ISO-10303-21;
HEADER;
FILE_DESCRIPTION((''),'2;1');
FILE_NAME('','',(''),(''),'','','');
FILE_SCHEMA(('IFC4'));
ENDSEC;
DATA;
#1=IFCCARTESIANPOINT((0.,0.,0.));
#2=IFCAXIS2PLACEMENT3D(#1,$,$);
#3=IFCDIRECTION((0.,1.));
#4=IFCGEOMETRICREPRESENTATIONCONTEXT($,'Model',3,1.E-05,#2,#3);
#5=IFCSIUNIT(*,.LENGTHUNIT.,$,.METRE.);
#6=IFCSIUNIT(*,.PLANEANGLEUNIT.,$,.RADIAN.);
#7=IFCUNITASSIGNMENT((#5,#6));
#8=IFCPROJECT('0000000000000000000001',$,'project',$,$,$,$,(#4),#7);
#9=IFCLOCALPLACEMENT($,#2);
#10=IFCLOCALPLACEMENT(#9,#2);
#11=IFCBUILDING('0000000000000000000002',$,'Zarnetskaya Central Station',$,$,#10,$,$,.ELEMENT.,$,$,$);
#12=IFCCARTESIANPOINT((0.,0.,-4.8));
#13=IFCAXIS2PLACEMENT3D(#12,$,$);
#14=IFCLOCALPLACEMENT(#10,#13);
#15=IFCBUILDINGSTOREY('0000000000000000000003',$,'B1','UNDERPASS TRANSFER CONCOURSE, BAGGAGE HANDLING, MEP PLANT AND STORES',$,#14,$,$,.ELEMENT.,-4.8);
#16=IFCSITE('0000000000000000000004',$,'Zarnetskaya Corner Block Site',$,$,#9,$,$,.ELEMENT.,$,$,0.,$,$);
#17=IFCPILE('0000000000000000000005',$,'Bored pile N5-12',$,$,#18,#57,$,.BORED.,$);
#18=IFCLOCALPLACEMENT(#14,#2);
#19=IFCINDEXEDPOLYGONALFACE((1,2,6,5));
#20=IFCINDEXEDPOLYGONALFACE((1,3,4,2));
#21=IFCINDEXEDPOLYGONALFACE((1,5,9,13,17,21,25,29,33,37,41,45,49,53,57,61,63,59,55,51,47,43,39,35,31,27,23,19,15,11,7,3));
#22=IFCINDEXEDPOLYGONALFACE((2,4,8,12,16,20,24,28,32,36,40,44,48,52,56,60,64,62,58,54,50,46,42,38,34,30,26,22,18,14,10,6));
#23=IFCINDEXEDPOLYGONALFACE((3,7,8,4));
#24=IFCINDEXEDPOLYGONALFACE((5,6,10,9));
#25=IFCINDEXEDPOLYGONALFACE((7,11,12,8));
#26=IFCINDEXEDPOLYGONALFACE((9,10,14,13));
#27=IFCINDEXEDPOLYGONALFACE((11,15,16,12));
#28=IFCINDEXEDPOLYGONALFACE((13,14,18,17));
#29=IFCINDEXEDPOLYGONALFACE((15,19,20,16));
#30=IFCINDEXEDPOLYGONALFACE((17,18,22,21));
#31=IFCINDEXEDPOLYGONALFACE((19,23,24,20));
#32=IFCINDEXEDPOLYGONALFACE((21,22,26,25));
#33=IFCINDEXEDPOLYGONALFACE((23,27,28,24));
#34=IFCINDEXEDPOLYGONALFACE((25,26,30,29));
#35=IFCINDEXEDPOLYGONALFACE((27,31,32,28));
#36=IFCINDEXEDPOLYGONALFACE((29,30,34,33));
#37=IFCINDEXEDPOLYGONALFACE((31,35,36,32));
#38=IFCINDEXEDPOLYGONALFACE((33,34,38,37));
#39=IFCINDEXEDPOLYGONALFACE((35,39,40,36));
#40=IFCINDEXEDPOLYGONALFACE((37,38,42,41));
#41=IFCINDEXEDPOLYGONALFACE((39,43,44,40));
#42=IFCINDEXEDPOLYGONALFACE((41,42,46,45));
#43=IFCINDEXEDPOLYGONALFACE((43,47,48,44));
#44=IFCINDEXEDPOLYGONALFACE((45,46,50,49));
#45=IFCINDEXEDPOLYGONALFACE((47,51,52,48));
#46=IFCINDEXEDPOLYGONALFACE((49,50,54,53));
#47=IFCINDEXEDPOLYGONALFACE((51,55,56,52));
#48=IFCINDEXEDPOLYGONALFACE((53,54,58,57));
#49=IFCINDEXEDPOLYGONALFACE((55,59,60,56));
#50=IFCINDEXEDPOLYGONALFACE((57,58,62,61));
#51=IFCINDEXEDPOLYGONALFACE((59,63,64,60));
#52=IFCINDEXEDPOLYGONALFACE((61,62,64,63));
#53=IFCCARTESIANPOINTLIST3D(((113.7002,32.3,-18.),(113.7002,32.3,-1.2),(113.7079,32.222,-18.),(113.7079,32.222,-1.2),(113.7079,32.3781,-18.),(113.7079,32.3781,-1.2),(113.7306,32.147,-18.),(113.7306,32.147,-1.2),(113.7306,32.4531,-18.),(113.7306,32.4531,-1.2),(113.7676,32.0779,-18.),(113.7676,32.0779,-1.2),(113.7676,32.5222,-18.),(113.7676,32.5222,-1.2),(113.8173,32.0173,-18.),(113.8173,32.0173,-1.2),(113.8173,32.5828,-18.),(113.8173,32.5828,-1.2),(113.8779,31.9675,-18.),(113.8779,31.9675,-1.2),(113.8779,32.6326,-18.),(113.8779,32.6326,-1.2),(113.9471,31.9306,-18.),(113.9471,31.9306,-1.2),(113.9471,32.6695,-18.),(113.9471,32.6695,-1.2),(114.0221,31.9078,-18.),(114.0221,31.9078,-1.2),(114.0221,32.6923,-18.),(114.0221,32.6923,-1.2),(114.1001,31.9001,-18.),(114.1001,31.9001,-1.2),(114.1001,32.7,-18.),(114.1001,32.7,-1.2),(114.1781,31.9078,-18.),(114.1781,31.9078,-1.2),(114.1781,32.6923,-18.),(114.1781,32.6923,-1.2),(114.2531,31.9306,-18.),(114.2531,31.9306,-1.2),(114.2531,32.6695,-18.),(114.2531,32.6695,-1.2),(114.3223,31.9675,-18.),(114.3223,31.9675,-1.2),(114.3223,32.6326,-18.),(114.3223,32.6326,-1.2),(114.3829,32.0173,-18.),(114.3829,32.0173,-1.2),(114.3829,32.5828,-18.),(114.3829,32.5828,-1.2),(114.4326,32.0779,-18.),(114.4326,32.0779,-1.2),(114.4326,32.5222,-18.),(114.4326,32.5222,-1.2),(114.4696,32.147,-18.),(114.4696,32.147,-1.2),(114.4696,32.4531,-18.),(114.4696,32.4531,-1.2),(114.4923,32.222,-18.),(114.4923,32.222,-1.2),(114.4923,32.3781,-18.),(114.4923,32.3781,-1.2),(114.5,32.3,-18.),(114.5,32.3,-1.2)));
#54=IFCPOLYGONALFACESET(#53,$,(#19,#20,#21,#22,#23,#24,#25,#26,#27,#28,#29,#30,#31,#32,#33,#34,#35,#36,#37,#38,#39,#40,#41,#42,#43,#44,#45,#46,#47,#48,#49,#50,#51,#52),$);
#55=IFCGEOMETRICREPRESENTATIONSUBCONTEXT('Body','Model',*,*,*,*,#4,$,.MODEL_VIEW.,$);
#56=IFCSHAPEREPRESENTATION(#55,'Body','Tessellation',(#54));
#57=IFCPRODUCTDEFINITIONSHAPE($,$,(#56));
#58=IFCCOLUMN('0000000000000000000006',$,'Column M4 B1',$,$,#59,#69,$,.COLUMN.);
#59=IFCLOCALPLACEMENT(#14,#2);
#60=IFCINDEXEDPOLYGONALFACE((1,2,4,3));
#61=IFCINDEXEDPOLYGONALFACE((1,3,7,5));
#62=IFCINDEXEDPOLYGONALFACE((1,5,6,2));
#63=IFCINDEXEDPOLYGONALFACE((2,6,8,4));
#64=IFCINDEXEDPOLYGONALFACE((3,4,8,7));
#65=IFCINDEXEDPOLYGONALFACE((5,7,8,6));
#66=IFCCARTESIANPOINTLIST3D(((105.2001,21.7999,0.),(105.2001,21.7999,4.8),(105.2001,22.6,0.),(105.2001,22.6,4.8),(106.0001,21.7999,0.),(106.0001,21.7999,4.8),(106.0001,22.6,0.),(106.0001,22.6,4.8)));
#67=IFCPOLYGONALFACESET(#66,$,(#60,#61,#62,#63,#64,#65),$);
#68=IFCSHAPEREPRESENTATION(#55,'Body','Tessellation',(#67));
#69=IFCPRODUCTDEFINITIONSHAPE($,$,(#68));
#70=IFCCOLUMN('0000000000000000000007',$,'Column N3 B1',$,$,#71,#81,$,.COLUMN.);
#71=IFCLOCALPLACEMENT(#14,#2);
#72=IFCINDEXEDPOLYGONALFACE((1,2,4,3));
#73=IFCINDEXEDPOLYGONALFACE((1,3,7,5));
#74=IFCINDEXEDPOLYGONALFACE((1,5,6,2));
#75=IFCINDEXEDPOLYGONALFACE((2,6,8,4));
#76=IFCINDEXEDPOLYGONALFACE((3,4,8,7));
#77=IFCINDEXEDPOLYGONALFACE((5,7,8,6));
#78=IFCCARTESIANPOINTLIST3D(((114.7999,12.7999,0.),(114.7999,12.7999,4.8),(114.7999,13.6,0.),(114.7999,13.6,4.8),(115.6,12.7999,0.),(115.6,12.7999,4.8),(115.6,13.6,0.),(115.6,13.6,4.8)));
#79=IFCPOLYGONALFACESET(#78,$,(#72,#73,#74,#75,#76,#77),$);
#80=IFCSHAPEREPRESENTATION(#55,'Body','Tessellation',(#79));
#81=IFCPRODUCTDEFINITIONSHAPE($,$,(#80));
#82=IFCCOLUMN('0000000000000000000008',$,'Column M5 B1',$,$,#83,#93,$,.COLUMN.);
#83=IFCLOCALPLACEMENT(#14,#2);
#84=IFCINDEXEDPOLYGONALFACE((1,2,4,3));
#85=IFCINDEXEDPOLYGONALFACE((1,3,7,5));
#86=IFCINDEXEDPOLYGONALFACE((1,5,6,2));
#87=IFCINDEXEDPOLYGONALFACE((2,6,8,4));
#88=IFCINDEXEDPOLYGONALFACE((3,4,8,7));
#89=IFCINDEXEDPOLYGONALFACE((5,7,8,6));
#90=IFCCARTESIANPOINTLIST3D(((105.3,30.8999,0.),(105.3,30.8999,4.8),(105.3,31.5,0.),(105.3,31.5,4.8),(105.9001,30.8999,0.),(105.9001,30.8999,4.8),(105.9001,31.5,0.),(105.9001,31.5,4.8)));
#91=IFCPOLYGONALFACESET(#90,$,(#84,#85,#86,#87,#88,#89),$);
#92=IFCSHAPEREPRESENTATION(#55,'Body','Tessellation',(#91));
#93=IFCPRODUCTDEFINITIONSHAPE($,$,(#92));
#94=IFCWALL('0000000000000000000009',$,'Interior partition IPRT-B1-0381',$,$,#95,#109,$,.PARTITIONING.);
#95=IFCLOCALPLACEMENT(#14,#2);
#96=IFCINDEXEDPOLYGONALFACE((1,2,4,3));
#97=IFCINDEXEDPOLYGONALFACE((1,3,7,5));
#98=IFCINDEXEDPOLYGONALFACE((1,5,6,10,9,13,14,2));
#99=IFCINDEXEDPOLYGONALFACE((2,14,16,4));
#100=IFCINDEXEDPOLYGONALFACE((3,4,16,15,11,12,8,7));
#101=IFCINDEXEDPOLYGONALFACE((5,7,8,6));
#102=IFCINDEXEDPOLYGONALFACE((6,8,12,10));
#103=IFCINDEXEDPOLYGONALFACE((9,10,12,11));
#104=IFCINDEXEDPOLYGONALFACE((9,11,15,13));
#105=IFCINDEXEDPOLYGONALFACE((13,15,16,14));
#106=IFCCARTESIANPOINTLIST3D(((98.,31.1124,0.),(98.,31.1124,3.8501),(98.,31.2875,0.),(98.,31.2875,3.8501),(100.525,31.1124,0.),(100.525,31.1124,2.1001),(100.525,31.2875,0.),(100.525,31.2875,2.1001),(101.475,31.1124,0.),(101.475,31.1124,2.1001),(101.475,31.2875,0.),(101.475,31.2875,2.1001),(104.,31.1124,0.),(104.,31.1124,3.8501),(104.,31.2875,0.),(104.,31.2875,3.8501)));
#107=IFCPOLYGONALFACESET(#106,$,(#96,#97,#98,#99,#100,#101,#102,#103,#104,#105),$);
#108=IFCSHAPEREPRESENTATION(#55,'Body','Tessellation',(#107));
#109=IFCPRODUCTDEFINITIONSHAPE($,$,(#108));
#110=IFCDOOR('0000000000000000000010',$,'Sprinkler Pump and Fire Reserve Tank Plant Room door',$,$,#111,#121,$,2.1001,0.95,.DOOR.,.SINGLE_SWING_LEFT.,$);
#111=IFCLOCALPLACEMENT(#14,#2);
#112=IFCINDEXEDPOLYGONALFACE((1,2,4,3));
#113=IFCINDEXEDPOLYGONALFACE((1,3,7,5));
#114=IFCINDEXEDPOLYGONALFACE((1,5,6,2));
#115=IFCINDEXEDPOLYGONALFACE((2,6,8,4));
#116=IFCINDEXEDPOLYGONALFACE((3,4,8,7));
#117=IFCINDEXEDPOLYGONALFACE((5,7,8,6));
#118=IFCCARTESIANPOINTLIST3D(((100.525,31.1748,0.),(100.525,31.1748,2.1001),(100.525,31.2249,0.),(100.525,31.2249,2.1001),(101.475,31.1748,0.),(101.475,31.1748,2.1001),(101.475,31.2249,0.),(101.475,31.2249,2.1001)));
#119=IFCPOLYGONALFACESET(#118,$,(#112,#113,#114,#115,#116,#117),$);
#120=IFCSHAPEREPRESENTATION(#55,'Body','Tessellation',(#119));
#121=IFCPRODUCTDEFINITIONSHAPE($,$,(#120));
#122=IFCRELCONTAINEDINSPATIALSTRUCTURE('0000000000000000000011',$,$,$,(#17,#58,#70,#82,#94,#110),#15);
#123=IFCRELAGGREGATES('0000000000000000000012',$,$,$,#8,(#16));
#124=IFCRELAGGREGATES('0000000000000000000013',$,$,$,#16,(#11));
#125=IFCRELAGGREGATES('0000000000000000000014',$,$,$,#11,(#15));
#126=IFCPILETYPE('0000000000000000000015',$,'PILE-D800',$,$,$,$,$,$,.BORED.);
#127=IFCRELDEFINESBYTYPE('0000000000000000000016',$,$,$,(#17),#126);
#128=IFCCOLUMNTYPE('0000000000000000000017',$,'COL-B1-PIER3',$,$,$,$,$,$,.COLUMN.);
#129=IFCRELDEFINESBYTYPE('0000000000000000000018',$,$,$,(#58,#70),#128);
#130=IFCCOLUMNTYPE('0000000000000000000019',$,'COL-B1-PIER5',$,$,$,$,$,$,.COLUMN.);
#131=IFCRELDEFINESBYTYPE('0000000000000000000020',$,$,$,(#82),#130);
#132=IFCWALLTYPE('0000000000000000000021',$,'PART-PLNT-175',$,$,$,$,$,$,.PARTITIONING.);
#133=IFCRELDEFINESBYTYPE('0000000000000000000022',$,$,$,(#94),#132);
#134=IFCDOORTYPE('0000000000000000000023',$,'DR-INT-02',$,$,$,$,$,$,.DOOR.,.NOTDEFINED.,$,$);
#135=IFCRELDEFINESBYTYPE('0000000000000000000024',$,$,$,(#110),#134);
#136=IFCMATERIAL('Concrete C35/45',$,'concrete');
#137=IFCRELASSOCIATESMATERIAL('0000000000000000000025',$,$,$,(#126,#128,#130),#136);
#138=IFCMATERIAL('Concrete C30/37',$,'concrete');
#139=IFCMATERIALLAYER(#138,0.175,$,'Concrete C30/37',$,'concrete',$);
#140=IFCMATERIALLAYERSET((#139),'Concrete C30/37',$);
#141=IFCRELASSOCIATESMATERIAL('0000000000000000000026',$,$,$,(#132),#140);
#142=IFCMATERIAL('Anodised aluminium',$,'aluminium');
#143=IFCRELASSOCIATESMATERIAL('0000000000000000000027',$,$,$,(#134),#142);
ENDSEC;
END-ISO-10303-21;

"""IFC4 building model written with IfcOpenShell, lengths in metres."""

from ifc_helpers import new_model, si_unit, direction, frame, frame_2d, origin, origin_2d, place, context, subcontext, project, spatial, rectangle, circle, extrude, material, layer, layer_set, material_profile, profile_set, type_object, element, fill, save


model = new_model("IFC4")

# Units and contexts
model_context = context("Model", 3, precision=1e-05, world=origin(), true_north=direction((0.0, 1.0)))
body_context = subcontext(model_context, "Body", "Model", "MODEL_VIEW")
ifc_project = project(units=[si_unit("LENGTHUNIT", "METRE"), si_unit("PLANEANGLEUNIT", "RADIAN")], contexts=[model_context])

# Site, building, storey
site_placement = place(None, origin())
site = spatial("IfcSite", under=ifc_project, at=site_placement, Name="Zarnetskaya Corner Block Site", CompositionType="ELEMENT", RefElevation=0.0)
building_placement = place(site_placement, origin())
building = spatial("IfcBuilding", under=site, at=building_placement, Name="Zarnetskaya Central Station", CompositionType="ELEMENT")
storey_placement = place(building_placement, frame((0.0, 0.0, -4.8)))
storey = spatial("IfcBuildingStorey", under=building, at=storey_placement, Name="B1", Description="UNDERPASS TRANSFER CONCOURSE, BAGGAGE HANDLING, MEP PLANT AND STORES", CompositionType="ELEMENT", Elevation=-4.8)

# Shared definitions
ifc_material_1 = material(Name="Concrete C35/45", Category="concrete")

# Pile
ifc_material_profile_1 = material_profile(ifc_material_1, circle(Radius=0.3999, at=origin_2d()), Name="BORED PILE D800")
ifc_profile_set_1 = profile_set([ifc_material_profile_1], Name="Concrete C35/45")
pile_type_1 = type_object("IfcPileType", Name="PILE-D800", PredefinedType="BORED", material=ifc_profile_set_1)
for number, where, z_axis, x_axis, name in (
    (1, (114.1001, 32.3, -1.2), (0.0, 0.0, -1.0), (1.0, 0.0, 0.0), "Bored pile N5-12"),
):
    element("IfcPile", number, at=place(storey_placement, frame(where, z_axis=z_axis, x_axis=x_axis)), inside=storey, type_object=pile_type_1, Name=name, PredefinedType="BORED", context=body_context, shape_type="SweptSolid", body=[
        extrude(circle(Radius=0.3999, at=origin_2d()), origin(), (0.0, 0.0, 1.0), 16.8),
    ])

# Columns
ifc_material_profile_2 = material_profile(ifc_material_1, rectangle(XDim=0.8, YDim=0.8, at=origin_2d()), Name="RC 800x800")
ifc_profile_set_2 = profile_set([ifc_material_profile_2], Name="Concrete C35/45")
column_type_1 = type_object("IfcColumnType", Name="COL-B1-PIER3", PredefinedType="COLUMN", material=ifc_profile_set_2)
for number, where, z_axis, x_axis, name in (
    (2, (105.6001, 22.2, 0.0), (0.0, 0.0, 1.0), (1.0, 0.0, 0.0), "Column M4 B1"),
    (3, (115.2, 13.2, 0.0), (0.0, 0.0, 1.0), (1.0, 0.0, 0.0), "Column N3 B1"),
):
    element("IfcColumn", number, at=place(storey_placement, frame(where, z_axis=z_axis, x_axis=x_axis)), inside=storey, type_object=column_type_1, Name=name, PredefinedType="COLUMN", context=body_context, shape_type="SweptSolid", body=[
        extrude(rectangle(XDim=0.8, YDim=0.8, at=origin_2d()), origin(), (0.0, 0.0, 1.0), 4.8),
    ])
ifc_material_profile_3 = material_profile(ifc_material_1, rectangle(XDim=0.6001, YDim=0.6001, at=origin_2d()), Name="RC 600x600")
ifc_profile_set_3 = profile_set([ifc_material_profile_3], Name="Concrete C35/45")
column_type_2 = type_object("IfcColumnType", Name="COL-B1-PIER5", PredefinedType="COLUMN", material=ifc_profile_set_3)
column_placement = place(storey_placement, frame((105.6001, 31.2, 0.0), z_axis=(0.0, 0.0, 1.0), x_axis=(1.0, 0.0, 0.0)))
element("IfcColumn", 4, at=column_placement, inside=storey, type_object=column_type_2, Name="Column M5 B1", PredefinedType="COLUMN", context=body_context, shape_type="SweptSolid", body=[
    extrude(rectangle(XDim=0.6001, YDim=0.6001, at=origin_2d()), origin(), (0.0, 0.0, 1.0), 4.8),
])

# Wall, opening, door
ifc_material_2 = material(Name="Concrete C30/37", Category="concrete")
ifc_layer = layer(ifc_material_2, 0.175, Name="Concrete C30/37", Category="concrete")
ifc_layer_set = layer_set([ifc_layer], Name="Concrete C30/37")
wall_type = type_object("IfcWallType", Name="PART-PLNT-175", PredefinedType="PARTITIONING", material=ifc_layer_set)
wall_placement = place(storey_placement, frame((98.0, 31.2, 0.0), z_axis=(0.0, 0.0, 1.0), x_axis=(1.0, 0.0, 0.0)))
wall = element("IfcWall", 5, at=wall_placement, inside=storey, type_object=wall_type, Name="Interior partition IPRT-B1-0381", PredefinedType="PARTITIONING", context=body_context, shape_type="SweptSolid", body=[
    extrude(rectangle(XDim=6.0, YDim=0.175, at=frame_2d((3.0, 0.0))), origin(), (0.0, 0.0, 1.0), 3.8501),
])
opening_placement = place(wall_placement, frame((2.5249, 0.0, 0.0)))
opening = element("IfcOpeningElement", 6, at=opening_placement, cuts=wall, PredefinedType="OPENING", context=body_context, shape_type="SweptSolid", body=[
    extrude(rectangle(XDim=0.95, YDim=2.1001, at=frame_2d((0.4751, 1.05))), frame((0.0, 0.0977, 0.0), z_axis=(0.0, -1.0, 0.0), x_axis=(1.0, 0.0, 0.0)), (0.0, 0.0, 1.0), 0.1951),
])
ifc_material_3 = material(Name="Anodised aluminium", Category="aluminium")
door_type = type_object("IfcDoorType", Name="DR-INT-02", OperationType="NOTDEFINED", PredefinedType="DOOR", material=ifc_material_3)
door_placement = place(opening_placement, origin())
door = element("IfcDoor", 7, at=door_placement, inside=storey, type_object=door_type, Name="Sprinkler Pump and Fire Reserve Tank Plant Room door", OperationType="SINGLE_SWING_LEFT", OverallHeight=2.1001, OverallWidth=0.95, PredefinedType="DOOR", context=body_context, shape_type="SweptSolid", body=[
    extrude(rectangle(XDim=0.95, YDim=2.1001, at=frame_2d((0.4751, 1.05))), frame((0.0, 0.0249, 0.0), z_axis=(0.0, -1.0, 0.0), x_axis=(1.0, 0.0, 0.0)), (0.0, 0.0, 1.0), 0.05),
])
fill(opening, door)

save(model, "model.ifc")
